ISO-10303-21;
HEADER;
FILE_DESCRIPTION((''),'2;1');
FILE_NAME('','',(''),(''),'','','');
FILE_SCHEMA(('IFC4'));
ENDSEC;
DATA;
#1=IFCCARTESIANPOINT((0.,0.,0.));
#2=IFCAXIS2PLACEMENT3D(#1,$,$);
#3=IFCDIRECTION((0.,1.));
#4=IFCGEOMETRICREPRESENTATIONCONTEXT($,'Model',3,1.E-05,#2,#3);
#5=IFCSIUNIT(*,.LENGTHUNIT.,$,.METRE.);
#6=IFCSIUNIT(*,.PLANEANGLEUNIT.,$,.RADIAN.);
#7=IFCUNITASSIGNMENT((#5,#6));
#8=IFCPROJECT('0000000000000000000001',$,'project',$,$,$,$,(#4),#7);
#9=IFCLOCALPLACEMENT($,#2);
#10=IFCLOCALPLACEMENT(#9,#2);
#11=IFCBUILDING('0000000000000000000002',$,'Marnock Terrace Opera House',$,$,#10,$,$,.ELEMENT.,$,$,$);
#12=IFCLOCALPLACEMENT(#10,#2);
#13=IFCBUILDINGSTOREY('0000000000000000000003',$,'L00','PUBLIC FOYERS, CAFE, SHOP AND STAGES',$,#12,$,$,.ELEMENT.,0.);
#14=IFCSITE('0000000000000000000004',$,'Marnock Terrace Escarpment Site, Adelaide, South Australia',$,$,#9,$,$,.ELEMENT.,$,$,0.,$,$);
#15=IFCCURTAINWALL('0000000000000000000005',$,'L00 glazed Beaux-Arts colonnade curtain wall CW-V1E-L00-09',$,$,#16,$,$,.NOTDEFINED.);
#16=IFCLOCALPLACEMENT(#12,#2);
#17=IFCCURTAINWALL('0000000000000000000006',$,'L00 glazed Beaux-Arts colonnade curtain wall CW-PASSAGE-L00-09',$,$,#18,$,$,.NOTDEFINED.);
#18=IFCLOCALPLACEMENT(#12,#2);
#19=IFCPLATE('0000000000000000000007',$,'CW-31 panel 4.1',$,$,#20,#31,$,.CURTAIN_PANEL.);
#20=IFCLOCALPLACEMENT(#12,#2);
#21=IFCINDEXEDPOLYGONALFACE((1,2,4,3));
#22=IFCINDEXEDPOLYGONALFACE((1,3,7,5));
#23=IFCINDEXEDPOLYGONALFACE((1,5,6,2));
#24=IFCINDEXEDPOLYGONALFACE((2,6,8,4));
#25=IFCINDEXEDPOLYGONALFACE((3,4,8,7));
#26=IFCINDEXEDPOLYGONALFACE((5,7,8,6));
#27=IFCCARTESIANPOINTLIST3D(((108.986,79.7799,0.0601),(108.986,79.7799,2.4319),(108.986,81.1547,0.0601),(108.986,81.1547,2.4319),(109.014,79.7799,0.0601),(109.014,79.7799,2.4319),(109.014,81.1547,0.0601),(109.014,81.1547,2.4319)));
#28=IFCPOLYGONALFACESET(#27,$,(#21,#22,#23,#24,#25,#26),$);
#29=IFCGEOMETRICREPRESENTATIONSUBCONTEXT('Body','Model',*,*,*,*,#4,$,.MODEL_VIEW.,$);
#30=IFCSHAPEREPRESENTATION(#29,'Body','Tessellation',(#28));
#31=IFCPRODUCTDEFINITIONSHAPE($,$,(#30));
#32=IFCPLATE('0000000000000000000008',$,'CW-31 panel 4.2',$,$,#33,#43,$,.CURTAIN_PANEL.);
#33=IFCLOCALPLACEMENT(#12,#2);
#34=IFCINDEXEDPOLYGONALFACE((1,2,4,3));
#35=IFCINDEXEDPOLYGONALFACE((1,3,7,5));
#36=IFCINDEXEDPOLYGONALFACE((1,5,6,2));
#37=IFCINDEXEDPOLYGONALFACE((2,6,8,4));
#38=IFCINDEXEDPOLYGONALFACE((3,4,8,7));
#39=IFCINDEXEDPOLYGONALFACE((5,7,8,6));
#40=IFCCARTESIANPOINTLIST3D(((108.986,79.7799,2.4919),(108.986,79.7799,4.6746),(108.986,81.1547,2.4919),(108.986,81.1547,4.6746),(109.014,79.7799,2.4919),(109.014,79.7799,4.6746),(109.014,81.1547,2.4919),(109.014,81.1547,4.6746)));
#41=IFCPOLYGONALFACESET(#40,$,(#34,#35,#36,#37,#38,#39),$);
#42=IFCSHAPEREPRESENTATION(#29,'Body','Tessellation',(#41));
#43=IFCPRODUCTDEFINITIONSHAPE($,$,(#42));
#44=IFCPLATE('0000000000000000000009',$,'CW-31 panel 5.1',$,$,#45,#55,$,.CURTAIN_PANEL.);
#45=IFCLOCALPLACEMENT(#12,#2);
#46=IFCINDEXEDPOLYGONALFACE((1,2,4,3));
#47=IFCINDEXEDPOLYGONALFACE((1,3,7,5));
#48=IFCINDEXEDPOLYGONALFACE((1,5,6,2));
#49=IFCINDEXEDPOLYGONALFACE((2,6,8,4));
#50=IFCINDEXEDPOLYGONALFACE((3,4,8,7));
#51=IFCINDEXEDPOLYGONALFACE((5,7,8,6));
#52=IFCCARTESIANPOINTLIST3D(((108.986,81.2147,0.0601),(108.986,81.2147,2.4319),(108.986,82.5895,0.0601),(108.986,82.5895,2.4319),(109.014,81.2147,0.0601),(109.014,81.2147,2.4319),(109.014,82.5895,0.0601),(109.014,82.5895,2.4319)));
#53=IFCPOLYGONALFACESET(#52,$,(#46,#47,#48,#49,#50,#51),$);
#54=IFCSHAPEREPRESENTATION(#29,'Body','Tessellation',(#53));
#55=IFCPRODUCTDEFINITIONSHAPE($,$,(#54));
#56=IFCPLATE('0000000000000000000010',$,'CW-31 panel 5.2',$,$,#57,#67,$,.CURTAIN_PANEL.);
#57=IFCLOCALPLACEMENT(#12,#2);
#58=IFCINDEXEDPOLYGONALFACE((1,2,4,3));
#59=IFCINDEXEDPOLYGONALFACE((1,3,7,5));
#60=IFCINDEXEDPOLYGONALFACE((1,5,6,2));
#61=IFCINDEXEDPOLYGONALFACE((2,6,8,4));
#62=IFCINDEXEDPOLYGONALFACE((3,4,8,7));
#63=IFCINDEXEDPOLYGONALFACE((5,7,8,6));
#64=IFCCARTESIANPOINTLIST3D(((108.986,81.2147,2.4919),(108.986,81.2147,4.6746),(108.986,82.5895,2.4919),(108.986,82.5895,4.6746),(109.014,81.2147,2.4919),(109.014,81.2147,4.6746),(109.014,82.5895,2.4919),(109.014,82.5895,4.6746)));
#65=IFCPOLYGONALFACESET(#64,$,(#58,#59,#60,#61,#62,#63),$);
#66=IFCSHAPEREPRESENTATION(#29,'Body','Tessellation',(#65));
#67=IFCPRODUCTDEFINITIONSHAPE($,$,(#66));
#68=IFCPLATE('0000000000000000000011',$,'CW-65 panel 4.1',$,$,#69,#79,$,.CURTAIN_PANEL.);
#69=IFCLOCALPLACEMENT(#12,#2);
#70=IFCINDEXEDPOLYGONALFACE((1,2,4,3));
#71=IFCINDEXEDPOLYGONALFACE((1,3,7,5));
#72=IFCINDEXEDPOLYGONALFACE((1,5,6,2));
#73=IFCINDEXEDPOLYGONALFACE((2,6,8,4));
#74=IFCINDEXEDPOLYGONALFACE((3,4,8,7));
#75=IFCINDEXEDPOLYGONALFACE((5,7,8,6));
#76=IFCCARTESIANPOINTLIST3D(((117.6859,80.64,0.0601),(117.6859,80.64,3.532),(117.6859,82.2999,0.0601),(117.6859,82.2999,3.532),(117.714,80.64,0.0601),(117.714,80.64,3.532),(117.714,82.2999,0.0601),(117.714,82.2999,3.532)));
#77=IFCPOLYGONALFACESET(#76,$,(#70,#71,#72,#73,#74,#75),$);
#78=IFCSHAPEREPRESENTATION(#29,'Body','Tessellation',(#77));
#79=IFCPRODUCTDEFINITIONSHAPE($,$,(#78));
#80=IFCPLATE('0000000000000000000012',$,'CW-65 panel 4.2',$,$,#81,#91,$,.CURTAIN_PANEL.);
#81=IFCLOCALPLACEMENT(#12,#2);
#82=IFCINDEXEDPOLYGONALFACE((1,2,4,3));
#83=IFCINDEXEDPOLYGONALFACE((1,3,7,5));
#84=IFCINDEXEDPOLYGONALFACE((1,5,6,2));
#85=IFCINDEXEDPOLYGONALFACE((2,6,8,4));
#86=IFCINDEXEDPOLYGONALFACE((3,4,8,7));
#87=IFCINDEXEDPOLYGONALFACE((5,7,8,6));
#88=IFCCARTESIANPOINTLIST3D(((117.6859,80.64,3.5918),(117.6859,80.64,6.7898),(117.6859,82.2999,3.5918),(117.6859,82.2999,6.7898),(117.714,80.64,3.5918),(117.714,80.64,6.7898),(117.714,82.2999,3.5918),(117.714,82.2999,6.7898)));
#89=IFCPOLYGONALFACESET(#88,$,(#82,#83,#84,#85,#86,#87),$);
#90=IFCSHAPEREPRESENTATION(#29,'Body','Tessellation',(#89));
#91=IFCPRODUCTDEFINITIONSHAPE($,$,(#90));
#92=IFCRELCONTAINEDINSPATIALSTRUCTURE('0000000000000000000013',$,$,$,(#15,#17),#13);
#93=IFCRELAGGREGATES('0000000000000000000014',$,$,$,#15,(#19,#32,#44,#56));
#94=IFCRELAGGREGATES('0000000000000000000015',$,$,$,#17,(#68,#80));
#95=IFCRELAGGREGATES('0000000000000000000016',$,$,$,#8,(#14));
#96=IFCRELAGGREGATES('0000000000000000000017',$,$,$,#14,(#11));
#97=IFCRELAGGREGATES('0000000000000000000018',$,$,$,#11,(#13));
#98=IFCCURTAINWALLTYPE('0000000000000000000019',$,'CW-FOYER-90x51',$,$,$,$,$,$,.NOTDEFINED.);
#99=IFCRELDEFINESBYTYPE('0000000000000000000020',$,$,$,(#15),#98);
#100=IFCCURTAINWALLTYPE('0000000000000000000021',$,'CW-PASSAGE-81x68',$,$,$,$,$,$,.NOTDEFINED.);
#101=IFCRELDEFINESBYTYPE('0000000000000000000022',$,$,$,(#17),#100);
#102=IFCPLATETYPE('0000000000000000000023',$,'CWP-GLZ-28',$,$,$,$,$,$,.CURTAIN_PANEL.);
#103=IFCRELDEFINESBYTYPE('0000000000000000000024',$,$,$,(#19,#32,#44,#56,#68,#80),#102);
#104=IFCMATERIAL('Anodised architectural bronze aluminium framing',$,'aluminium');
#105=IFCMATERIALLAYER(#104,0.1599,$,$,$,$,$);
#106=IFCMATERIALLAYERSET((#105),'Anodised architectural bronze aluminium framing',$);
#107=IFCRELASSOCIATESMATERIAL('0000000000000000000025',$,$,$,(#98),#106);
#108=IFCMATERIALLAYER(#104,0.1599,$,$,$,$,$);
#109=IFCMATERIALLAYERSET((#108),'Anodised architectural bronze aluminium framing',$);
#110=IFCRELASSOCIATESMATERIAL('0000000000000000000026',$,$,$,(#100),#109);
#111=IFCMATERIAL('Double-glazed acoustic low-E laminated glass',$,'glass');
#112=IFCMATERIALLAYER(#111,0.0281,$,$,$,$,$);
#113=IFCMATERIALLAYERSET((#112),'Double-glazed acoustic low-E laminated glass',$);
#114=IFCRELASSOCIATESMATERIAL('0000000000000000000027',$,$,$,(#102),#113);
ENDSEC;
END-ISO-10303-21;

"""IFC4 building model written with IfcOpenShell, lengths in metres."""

from ifc_helpers import new_model, si_unit, direction, frame, origin, origin_2d, place, context, subcontext, project, spatial, rectangle, extrude, material, layer, layer_set, type_object, element, aggregate, save


model = new_model("IFC4")

# Units and contexts
model_context = context("Model", 3, precision=1e-05, world=origin(), true_north=direction((0.0, 1.0)))
body_context = subcontext(model_context, "Body", "Model", "MODEL_VIEW")
ifc_project = project(units=[si_unit("LENGTHUNIT", "METRE"), si_unit("PLANEANGLEUNIT", "RADIAN")], contexts=[model_context])

# Site, building, storey
site_placement = place(None, origin())
site = spatial("IfcSite", under=ifc_project, at=site_placement, Name="Marnock Terrace Escarpment Site, Adelaide, South Australia", CompositionType="ELEMENT", RefElevation=0.0)
building_placement = place(site_placement, origin())
building = spatial("IfcBuilding", under=site, at=building_placement, Name="Marnock Terrace Opera House", CompositionType="ELEMENT")
storey_placement = place(building_placement, origin())
storey = spatial("IfcBuildingStorey", under=building, at=storey_placement, Name="L00", Description="PUBLIC FOYERS, CAFE, SHOP AND STAGES", CompositionType="ELEMENT", Elevation=0.0)

# Curtain wall
ifc_material_1 = material(Name="Anodised architectural bronze aluminium framing", Category="aluminium")
ifc_layer_1 = layer(ifc_material_1, 0.1599)
ifc_layer_set_1 = layer_set([ifc_layer_1], Name="Anodised architectural bronze aluminium framing")
curtain_wall_type_1 = type_object("IfcCurtainWallType", Name="CW-FOYER-90x51", PredefinedType="NOTDEFINED", material=ifc_layer_set_1)
curtain_wall_1_placement = place(storey_placement, origin())
curtain_wall_1 = element("IfcCurtainWall", 1, at=curtain_wall_1_placement, inside=storey, type_object=curtain_wall_type_1, Name="L00 glazed Beaux-Arts colonnade curtain wall CW-V1E-L00-09", PredefinedType="NOTDEFINED")

# Curtain wall
ifc_layer_2 = layer(ifc_material_1, 0.1599)
ifc_layer_set_2 = layer_set([ifc_layer_2], Name="Anodised architectural bronze aluminium framing")
curtain_wall_type_2 = type_object("IfcCurtainWallType", Name="CW-PASSAGE-81x68", PredefinedType="NOTDEFINED", material=ifc_layer_set_2)
curtain_wall_2_placement = place(storey_placement, origin())
curtain_wall_2 = element("IfcCurtainWall", 2, at=curtain_wall_2_placement, inside=storey, type_object=curtain_wall_type_2, Name="L00 glazed Beaux-Arts colonnade curtain wall CW-PASSAGE-L00-09", PredefinedType="NOTDEFINED")

# Plates
ifc_material_2 = material(Name="Double-glazed acoustic low-E laminated glass", Category="glass")
ifc_layer_3 = layer(ifc_material_2, 0.0281)
ifc_layer_set_3 = layer_set([ifc_layer_3], Name="Double-glazed acoustic low-E laminated glass")
plate_type = type_object("IfcPlateType", Name="CWP-GLZ-28", PredefinedType="CURTAIN_PANEL", material=ifc_layer_set_3)
plate_1_placement = place(storey_placement, frame((109.0, 80.4673, 0.0601), z_axis=(0.0, 0.0, 1.0), x_axis=(0.0, 1.0, 0.0)))
plate_1 = element("IfcPlate", 3, at=plate_1_placement, type_object=plate_type, Name="CW-31 panel 4.1", PredefinedType="CURTAIN_PANEL", context=body_context, shape_type="SweptSolid", body=[
    extrude(rectangle(XDim=1.3748, YDim=0.0281, at=origin_2d()), origin(), (0.0, 0.0, 1.0), 2.3718),
])
plate_2_placement = place(storey_placement, frame((109.0, 80.4673, 2.4919), z_axis=(0.0, 0.0, 1.0), x_axis=(0.0, 1.0, 0.0)))
plate_2 = element("IfcPlate", 4, at=plate_2_placement, type_object=plate_type, Name="CW-31 panel 4.2", PredefinedType="CURTAIN_PANEL", context=body_context, shape_type="SweptSolid", body=[
    extrude(rectangle(XDim=1.3748, YDim=0.0281, at=origin_2d()), origin(), (0.0, 0.0, 1.0), 2.1826),
])
plate_3_placement = place(storey_placement, frame((109.0, 81.9021, 0.0601), z_axis=(0.0, 0.0, 1.0), x_axis=(0.0, 1.0, 0.0)))
plate_3 = element("IfcPlate", 5, at=plate_3_placement, type_object=plate_type, Name="CW-31 panel 5.1", PredefinedType="CURTAIN_PANEL", context=body_context, shape_type="SweptSolid", body=[
    extrude(rectangle(XDim=1.3748, YDim=0.0281, at=origin_2d()), origin(), (0.0, 0.0, 1.0), 2.3718),
])
plate_4_placement = place(storey_placement, frame((109.0, 81.9021, 2.4919), z_axis=(0.0, 0.0, 1.0), x_axis=(0.0, 1.0, 0.0)))
plate_4 = element("IfcPlate", 6, at=plate_4_placement, type_object=plate_type, Name="CW-31 panel 5.2", PredefinedType="CURTAIN_PANEL", context=body_context, shape_type="SweptSolid", body=[
    extrude(rectangle(XDim=1.3748, YDim=0.0281, at=origin_2d()), origin(), (0.0, 0.0, 1.0), 2.1826),
])
aggregate(curtain_wall_1, [plate_1, plate_2, plate_3, plate_4])
plate_5_placement = place(storey_placement, frame((117.7, 81.47, 0.0601), z_axis=(0.0, 0.0, 1.0), x_axis=(0.0, 1.0, 0.0)))
plate_5 = element("IfcPlate", 7, at=plate_5_placement, type_object=plate_type, Name="CW-65 panel 4.1", PredefinedType="CURTAIN_PANEL", context=body_context, shape_type="SweptSolid", body=[
    extrude(rectangle(XDim=1.6599, YDim=0.0281, at=origin_2d()), origin(), (0.0, 0.0, 1.0), 3.4719),
])
plate_6_placement = place(storey_placement, frame((117.7, 81.47, 3.5918), z_axis=(0.0, 0.0, 1.0), x_axis=(0.0, 1.0, 0.0)))
plate_6 = element("IfcPlate", 8, at=plate_6_placement, type_object=plate_type, Name="CW-65 panel 4.2", PredefinedType="CURTAIN_PANEL", context=body_context, shape_type="SweptSolid", body=[
    extrude(rectangle(XDim=1.6599, YDim=0.0281, at=origin_2d()), origin(), (0.0, 0.0, 1.0), 3.198),
])
aggregate(curtain_wall_2, [plate_5, plate_6])

save(model, "model.ifc")
